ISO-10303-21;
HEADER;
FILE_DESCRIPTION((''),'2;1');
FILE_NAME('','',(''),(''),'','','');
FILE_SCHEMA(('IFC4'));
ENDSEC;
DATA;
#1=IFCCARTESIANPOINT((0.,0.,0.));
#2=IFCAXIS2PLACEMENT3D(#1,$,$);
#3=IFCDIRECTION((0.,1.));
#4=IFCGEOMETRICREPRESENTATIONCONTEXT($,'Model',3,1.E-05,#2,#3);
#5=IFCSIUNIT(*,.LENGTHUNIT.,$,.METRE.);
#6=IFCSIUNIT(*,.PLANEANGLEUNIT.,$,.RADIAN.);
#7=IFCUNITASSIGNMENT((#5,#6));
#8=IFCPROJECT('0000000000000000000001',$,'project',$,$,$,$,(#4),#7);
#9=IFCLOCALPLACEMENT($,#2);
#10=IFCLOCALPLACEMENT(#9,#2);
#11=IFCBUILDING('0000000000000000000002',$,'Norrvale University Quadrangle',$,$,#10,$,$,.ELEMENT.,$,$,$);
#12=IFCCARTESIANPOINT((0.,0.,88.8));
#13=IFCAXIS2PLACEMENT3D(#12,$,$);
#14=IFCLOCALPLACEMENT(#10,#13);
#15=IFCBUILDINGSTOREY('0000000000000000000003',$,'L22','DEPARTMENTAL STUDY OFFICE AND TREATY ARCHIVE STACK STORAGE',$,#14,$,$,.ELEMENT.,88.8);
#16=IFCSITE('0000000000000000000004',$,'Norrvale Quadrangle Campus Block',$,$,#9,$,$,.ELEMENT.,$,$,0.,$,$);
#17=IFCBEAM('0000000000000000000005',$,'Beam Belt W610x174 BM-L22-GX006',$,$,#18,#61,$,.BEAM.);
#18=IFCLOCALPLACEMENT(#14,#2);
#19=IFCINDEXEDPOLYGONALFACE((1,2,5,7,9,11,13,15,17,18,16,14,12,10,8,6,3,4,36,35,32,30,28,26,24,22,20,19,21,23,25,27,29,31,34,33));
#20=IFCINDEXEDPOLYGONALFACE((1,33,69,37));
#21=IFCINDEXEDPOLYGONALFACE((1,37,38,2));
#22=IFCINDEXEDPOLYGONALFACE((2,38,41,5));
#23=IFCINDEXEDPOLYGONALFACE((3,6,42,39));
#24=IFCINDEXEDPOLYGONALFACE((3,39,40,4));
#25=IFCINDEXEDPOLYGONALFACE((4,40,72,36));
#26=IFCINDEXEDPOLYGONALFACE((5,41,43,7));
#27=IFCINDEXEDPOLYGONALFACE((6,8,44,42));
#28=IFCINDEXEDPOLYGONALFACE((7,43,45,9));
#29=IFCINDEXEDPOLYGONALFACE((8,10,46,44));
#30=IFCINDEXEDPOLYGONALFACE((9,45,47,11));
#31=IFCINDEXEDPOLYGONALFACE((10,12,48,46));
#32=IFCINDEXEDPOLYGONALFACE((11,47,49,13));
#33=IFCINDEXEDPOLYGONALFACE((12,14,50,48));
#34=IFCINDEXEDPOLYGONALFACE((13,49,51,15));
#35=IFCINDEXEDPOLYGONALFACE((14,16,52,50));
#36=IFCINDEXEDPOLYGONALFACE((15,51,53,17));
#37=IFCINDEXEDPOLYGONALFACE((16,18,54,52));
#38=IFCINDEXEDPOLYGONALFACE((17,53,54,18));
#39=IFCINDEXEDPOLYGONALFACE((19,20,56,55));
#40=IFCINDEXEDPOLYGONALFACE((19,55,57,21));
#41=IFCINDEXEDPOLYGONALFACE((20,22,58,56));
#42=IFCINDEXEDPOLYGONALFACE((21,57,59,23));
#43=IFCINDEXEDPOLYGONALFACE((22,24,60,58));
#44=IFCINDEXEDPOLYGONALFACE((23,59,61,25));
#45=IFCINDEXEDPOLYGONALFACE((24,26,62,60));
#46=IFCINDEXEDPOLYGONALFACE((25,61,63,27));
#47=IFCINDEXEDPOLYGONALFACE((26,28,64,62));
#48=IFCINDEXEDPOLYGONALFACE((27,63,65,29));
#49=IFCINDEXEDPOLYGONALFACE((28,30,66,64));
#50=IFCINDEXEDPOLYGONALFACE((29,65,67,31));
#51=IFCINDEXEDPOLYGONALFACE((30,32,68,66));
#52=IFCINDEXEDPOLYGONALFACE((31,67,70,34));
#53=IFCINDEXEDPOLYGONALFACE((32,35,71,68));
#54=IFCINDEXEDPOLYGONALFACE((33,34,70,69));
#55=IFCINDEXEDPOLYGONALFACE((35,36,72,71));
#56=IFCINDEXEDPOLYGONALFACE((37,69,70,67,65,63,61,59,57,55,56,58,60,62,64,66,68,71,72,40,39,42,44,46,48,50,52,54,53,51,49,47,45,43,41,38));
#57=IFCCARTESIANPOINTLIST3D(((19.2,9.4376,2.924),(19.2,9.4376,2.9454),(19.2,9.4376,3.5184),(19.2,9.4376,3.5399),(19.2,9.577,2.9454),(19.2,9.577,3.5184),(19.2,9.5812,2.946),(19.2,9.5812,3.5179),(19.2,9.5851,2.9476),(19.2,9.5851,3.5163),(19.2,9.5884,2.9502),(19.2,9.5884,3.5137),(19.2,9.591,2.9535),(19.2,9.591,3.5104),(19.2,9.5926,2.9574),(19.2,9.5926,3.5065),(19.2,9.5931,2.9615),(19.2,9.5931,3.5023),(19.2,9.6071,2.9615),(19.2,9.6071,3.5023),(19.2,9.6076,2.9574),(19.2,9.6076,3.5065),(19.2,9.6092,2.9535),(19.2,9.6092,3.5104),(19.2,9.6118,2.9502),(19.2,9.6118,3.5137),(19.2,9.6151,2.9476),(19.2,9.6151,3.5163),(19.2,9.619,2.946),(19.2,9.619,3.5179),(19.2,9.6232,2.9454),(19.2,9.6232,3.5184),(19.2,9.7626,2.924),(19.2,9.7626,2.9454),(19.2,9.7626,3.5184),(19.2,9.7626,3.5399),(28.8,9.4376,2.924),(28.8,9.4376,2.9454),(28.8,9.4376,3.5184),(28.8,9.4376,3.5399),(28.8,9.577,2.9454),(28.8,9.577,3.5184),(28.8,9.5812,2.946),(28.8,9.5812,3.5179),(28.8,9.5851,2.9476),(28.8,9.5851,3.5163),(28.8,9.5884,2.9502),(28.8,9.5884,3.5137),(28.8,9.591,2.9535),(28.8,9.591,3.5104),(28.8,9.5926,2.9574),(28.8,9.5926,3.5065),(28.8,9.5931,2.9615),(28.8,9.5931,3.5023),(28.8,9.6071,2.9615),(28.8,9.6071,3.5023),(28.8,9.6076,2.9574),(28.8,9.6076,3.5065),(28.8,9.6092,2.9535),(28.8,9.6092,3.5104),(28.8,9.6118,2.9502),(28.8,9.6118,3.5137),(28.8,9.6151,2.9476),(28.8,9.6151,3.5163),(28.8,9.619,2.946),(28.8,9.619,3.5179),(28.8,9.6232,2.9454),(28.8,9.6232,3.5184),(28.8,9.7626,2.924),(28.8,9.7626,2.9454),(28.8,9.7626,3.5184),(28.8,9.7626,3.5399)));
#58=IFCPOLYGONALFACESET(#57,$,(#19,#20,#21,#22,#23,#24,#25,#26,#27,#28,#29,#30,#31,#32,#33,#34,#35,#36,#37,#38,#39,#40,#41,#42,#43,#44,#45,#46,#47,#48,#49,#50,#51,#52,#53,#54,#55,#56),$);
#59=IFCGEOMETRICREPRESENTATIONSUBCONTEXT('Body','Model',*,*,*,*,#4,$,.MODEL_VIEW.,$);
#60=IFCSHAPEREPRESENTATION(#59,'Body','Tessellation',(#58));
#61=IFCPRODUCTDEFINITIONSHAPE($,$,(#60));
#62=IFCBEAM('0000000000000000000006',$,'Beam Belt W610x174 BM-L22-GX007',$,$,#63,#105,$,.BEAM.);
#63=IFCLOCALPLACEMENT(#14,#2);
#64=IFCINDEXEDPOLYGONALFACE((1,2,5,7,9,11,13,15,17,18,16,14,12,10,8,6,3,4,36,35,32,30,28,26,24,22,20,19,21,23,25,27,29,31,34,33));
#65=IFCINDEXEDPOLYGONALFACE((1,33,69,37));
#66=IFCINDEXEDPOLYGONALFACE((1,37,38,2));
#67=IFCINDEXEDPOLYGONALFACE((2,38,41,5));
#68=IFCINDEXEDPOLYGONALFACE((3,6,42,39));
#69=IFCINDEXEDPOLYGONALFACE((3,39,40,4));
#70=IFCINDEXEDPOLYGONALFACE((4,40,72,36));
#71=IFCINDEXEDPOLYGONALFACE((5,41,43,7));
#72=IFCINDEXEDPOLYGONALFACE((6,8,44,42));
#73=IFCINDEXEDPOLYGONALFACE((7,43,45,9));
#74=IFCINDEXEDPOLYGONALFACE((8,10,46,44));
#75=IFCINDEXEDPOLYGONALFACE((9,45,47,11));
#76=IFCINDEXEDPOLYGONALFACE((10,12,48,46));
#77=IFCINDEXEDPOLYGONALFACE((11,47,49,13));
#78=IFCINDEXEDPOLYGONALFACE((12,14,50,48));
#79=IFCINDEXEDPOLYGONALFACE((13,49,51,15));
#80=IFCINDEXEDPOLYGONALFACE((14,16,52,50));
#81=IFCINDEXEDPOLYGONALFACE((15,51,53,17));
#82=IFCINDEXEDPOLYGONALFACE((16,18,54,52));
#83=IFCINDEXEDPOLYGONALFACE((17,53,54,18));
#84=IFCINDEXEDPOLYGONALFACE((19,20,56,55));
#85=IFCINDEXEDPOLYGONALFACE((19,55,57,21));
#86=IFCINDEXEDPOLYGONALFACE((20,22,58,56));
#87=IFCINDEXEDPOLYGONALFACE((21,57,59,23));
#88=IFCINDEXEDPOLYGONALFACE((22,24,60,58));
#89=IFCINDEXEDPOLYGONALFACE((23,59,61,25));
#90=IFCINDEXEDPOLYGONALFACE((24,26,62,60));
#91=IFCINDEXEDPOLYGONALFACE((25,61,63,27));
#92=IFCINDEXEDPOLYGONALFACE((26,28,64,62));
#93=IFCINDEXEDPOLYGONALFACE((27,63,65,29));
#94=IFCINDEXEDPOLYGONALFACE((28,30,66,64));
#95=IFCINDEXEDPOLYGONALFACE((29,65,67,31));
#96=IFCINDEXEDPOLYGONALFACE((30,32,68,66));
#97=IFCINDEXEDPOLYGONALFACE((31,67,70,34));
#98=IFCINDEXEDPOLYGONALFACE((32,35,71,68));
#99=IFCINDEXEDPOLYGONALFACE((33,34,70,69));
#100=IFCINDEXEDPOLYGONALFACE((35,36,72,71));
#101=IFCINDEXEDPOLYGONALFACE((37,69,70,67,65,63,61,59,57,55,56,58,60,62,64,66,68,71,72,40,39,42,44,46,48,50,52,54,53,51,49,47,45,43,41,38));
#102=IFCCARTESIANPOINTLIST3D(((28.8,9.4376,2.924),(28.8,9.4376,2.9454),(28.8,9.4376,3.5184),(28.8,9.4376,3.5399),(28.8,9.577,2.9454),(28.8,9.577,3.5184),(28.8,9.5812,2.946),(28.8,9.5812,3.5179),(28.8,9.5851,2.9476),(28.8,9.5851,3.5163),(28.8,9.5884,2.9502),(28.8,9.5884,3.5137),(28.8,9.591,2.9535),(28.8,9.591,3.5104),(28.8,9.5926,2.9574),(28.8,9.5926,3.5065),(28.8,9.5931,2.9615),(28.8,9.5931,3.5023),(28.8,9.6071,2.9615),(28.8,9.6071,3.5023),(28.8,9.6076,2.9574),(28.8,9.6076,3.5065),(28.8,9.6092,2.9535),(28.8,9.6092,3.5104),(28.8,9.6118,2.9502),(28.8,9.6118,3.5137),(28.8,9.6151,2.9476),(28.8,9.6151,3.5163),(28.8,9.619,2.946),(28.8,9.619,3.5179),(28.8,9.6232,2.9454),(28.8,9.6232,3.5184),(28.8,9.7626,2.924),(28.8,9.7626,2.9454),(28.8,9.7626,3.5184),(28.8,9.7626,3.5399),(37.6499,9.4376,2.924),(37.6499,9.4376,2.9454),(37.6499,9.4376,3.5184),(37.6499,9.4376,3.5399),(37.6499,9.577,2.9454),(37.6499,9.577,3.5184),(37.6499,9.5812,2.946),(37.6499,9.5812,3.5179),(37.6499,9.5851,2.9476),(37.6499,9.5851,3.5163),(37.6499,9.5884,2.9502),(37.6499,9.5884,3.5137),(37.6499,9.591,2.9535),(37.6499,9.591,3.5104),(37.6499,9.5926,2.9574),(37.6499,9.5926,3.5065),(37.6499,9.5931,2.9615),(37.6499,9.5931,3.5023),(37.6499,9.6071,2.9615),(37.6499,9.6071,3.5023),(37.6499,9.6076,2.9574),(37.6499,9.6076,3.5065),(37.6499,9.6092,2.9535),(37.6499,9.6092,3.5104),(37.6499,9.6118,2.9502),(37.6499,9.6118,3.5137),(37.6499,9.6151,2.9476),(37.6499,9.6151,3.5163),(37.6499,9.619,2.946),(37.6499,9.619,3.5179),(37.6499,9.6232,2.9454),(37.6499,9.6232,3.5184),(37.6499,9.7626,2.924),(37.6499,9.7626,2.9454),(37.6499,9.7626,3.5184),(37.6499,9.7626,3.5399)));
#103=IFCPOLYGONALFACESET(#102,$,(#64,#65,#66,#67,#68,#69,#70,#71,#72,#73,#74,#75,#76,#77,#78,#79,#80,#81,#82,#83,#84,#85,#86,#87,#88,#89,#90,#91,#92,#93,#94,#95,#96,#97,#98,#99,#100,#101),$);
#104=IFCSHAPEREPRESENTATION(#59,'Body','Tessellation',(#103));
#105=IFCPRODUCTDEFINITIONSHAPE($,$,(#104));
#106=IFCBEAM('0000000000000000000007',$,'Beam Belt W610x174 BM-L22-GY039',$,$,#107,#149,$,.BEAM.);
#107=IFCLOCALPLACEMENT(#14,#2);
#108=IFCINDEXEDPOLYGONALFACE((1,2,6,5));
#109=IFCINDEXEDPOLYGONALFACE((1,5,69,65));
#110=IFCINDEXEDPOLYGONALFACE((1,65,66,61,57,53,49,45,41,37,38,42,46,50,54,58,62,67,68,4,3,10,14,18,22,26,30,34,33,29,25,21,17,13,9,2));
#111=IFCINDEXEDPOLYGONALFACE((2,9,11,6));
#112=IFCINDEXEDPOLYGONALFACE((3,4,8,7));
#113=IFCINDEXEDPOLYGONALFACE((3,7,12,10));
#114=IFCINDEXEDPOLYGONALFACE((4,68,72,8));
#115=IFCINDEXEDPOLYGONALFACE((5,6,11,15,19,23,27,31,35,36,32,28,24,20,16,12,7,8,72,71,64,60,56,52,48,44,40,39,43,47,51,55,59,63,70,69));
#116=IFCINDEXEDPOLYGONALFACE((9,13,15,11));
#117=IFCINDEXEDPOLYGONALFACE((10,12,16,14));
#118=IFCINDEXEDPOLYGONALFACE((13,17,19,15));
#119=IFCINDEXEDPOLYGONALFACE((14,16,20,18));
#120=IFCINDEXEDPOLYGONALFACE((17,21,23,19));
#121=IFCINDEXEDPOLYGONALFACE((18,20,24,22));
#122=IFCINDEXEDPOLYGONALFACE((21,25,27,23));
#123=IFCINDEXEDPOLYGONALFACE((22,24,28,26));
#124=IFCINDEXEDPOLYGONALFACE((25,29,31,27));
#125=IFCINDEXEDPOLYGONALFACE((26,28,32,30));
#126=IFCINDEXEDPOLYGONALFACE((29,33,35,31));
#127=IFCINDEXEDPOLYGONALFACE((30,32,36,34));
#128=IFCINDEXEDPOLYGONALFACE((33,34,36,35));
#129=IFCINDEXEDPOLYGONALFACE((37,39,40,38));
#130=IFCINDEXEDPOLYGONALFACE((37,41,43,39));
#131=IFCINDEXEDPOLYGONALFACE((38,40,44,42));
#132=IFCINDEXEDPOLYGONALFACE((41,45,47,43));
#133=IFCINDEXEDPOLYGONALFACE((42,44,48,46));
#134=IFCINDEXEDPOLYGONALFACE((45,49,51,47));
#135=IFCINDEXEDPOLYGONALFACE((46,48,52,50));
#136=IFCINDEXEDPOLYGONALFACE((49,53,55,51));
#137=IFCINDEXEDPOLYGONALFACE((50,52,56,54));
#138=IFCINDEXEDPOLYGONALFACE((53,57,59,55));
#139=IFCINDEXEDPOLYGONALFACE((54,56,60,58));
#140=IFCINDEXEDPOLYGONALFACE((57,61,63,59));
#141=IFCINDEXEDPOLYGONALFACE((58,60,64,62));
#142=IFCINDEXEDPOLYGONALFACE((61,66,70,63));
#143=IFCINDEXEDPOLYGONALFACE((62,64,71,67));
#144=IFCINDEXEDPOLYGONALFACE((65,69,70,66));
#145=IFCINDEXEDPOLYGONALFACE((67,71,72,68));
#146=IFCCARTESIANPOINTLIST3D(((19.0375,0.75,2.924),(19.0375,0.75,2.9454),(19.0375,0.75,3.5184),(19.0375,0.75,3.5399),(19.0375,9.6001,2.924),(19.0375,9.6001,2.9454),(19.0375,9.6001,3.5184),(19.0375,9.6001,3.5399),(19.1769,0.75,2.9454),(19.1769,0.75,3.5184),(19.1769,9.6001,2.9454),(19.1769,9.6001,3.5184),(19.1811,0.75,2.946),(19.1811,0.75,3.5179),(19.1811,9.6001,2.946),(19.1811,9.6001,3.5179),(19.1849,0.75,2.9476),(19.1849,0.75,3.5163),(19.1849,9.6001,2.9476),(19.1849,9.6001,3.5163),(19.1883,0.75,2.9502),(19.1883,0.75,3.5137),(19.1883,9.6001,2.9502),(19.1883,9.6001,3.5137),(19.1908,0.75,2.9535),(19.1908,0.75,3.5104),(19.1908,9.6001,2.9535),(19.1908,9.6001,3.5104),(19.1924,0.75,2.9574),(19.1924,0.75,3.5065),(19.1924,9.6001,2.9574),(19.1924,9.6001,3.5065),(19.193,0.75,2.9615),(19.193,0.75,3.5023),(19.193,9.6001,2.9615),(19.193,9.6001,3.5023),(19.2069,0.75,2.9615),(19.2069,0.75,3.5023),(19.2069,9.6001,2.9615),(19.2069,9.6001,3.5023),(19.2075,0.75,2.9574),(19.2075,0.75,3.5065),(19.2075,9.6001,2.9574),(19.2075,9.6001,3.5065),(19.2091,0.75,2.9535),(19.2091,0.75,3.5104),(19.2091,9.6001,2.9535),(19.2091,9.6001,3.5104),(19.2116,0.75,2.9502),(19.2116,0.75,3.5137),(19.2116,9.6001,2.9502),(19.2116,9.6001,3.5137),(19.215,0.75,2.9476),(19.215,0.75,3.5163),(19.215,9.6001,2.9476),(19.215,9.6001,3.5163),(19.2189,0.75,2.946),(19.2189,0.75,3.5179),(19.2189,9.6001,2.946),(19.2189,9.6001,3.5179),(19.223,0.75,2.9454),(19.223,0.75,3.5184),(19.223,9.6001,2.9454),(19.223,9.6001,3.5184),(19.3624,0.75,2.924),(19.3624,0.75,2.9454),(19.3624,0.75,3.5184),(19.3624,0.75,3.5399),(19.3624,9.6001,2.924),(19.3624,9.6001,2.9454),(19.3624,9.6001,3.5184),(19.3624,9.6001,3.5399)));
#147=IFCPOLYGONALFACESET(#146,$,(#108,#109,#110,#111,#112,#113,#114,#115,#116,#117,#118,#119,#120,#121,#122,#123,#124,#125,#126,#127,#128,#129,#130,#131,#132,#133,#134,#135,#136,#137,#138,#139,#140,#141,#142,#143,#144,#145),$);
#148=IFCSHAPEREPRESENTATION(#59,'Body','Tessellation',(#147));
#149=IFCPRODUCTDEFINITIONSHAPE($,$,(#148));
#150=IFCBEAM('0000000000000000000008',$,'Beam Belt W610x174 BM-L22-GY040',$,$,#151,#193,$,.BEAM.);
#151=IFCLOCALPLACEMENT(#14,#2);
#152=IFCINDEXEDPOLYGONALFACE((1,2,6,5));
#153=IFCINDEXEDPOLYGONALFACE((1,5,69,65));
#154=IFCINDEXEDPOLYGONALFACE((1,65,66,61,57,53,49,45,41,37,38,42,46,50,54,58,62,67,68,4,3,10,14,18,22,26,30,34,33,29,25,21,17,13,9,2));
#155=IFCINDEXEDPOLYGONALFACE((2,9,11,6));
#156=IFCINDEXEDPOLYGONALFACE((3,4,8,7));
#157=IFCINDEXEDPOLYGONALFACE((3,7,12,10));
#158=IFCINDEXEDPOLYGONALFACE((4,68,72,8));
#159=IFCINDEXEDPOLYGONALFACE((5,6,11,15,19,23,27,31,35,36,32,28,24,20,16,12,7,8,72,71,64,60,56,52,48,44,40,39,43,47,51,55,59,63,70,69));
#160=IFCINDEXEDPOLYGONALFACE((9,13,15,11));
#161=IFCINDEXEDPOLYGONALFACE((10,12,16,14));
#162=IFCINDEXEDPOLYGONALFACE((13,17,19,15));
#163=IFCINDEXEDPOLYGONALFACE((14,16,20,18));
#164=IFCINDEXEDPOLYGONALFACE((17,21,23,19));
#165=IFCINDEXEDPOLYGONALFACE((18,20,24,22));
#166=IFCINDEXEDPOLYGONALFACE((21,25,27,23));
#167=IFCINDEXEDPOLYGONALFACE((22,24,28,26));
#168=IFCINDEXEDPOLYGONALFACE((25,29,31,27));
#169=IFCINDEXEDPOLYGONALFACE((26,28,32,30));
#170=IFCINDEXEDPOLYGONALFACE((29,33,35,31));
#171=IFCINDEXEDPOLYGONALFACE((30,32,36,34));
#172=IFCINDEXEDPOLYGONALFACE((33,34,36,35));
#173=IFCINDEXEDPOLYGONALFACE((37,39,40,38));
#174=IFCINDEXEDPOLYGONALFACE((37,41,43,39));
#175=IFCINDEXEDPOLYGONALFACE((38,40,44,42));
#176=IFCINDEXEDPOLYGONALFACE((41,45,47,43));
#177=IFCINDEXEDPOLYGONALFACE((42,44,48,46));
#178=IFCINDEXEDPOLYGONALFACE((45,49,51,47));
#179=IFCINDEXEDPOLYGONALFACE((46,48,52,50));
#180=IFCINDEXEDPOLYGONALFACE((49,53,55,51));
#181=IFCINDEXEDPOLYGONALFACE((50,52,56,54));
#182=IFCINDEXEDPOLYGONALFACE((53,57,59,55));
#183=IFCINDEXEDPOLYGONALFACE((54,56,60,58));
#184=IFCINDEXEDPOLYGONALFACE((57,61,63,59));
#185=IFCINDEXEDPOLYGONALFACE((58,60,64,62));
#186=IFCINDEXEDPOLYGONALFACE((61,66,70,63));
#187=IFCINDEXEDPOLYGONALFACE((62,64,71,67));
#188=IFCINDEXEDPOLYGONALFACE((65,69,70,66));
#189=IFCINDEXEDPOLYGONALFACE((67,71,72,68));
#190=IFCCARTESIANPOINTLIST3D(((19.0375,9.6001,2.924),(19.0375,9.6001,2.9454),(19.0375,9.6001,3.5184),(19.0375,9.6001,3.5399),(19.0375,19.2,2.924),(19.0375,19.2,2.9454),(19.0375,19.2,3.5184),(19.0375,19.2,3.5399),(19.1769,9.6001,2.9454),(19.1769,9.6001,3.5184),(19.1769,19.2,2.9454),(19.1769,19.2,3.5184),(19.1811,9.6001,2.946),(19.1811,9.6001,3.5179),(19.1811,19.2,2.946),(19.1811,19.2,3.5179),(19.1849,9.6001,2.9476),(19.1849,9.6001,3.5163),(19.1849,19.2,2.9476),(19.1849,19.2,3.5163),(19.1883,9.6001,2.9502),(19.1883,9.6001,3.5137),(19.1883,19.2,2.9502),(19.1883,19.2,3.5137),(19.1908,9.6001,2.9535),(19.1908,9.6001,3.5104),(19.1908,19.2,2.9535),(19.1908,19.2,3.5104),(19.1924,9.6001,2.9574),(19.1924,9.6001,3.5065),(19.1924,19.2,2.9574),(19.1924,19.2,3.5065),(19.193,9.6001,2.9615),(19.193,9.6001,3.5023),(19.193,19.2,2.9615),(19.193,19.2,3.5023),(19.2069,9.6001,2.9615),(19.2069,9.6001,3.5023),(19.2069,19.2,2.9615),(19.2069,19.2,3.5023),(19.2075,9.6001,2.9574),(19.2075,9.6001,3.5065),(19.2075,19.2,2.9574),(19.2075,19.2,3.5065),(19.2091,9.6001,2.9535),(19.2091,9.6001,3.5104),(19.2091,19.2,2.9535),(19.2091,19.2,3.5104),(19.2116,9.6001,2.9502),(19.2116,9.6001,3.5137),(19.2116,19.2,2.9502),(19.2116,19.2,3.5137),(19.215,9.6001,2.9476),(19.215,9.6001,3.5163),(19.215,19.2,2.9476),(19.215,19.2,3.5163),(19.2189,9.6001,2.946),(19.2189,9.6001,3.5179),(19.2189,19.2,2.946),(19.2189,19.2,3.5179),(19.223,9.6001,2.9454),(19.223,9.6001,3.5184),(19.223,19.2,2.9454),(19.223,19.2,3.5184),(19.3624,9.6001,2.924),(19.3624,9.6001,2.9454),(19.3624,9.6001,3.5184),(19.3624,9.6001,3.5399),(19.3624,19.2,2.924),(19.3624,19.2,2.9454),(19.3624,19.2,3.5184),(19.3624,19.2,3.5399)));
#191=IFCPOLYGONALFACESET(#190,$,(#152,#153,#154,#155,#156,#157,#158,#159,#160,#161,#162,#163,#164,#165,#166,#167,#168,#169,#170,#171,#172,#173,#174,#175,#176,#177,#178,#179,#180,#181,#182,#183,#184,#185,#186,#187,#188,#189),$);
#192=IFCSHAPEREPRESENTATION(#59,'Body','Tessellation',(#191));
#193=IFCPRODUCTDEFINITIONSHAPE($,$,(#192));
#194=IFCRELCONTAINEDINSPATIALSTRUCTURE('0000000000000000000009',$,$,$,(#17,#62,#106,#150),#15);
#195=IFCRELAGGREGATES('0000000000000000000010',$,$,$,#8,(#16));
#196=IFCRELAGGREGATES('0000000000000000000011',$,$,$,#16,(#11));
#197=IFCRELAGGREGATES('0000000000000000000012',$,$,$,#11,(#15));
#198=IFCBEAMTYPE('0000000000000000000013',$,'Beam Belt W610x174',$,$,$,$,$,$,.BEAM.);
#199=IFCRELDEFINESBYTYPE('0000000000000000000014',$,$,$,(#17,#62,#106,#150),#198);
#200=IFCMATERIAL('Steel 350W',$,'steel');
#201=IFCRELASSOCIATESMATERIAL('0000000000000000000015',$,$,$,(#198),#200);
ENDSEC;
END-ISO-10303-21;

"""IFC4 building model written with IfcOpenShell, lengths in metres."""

from ifc_helpers import new_model, si_unit, direction, frame, origin, origin_2d, place, context, subcontext, project, spatial, i_section, extrude, material, material_profile, profile_set, type_object, element, save


model = new_model("IFC4")

# Units and contexts
model_context = context("Model", 3, precision=1e-05, world=origin(), true_north=direction((0.0, 1.0)))
body_context = subcontext(model_context, "Body", "Model", "MODEL_VIEW")
ifc_project = project(units=[si_unit("LENGTHUNIT", "METRE"), si_unit("PLANEANGLEUNIT", "RADIAN")], contexts=[model_context])

# Site, building, storey
site_placement = place(None, origin())
site = spatial("IfcSite", under=ifc_project, at=site_placement, Name="Norrvale Quadrangle Campus Block", CompositionType="ELEMENT", RefElevation=0.0)
building_placement = place(site_placement, origin())
building = spatial("IfcBuilding", under=site, at=building_placement, Name="Norrvale University Quadrangle", CompositionType="ELEMENT")
storey_placement = place(building_placement, frame((0.0, 0.0, 88.8)))
storey = spatial("IfcBuildingStorey", under=building, at=storey_placement, Name="L22", Description="DEPARTMENTAL STUDY OFFICE AND TREATY ARCHIVE STACK STORAGE", CompositionType="ELEMENT", Elevation=88.8)

# Beams
ifc_material_1 = material(Name="Steel 350W", Category="steel")
ifc_material_profile_1 = material_profile(ifc_material_1, i_section(OverallWidth=0.325, OverallDepth=0.616, WebThickness=0.0139, FlangeThickness=0.0215, FilletRadius=0.0161, at=origin_2d()), Name="Steel 350W")
ifc_profile_set_1 = profile_set([ifc_material_profile_1], Name="Steel 350W")
beam_type_1 = type_object("IfcBeamType", Name="Beam Belt W610x174", PredefinedType="BEAM", material=ifc_profile_set_1)
beam_1_placement = place(storey_placement, frame((19.2, 9.6001, 3.2319), z_axis=(1.0, 0.0, 0.0), x_axis=(0.0, 1.0, 0.0)))
element("IfcBeam", 1, at=beam_1_placement, inside=storey, type_object=beam_type_1, Name="Beam Belt W610x174 BM-L22-GX006", PredefinedType="BEAM", context=body_context, shape_type="SweptSolid", body=[
    extrude(i_section(OverallWidth=0.325, OverallDepth=0.616, WebThickness=0.0139, FlangeThickness=0.0215, FilletRadius=0.0161, at=origin_2d()), origin(), (0.0, 0.0, 1.0), 9.6001),
])
beam_2_placement = place(storey_placement, frame((28.8, 9.6001, 3.2319), z_axis=(1.0, 0.0, 0.0), x_axis=(0.0, 1.0, 0.0)))
element("IfcBeam", 2, at=beam_2_placement, inside=storey, type_object=beam_type_1, Name="Beam Belt W610x174 BM-L22-GX007", PredefinedType="BEAM", context=body_context, shape_type="SweptSolid", body=[
    extrude(i_section(OverallWidth=0.325, OverallDepth=0.616, WebThickness=0.0139, FlangeThickness=0.0215, FilletRadius=0.0161, at=origin_2d()), origin(), (0.0, 0.0, 1.0), 8.8499),
])
beam_3_placement = place(storey_placement, frame((19.2, 0.75, 3.2319), z_axis=(0.0, 1.0, 0.0), x_axis=(-1.0, 0.0, 0.0)))
element("IfcBeam", 3, at=beam_3_placement, inside=storey, type_object=beam_type_1, Name="Beam Belt W610x174 BM-L22-GY039", PredefinedType="BEAM", context=body_context, shape_type="SweptSolid", body=[
    extrude(i_section(OverallWidth=0.325, OverallDepth=0.616, WebThickness=0.0139, FlangeThickness=0.0215, FilletRadius=0.0161, at=origin_2d()), origin(), (0.0, 0.0, 1.0), 8.8501),
])
beam_4_placement = place(storey_placement, frame((19.2, 9.6001, 3.2319), z_axis=(0.0, 1.0, 0.0), x_axis=(-1.0, 0.0, 0.0)))
element("IfcBeam", 4, at=beam_4_placement, inside=storey, type_object=beam_type_1, Name="Beam Belt W610x174 BM-L22-GY040", PredefinedType="BEAM", context=body_context, shape_type="SweptSolid", body=[
    extrude(i_section(OverallWidth=0.325, OverallDepth=0.616, WebThickness=0.0139, FlangeThickness=0.0215, FilletRadius=0.0161, at=origin_2d()), origin(), (0.0, 0.0, 1.0), 9.5999),
])

save(model, "model.ifc")
